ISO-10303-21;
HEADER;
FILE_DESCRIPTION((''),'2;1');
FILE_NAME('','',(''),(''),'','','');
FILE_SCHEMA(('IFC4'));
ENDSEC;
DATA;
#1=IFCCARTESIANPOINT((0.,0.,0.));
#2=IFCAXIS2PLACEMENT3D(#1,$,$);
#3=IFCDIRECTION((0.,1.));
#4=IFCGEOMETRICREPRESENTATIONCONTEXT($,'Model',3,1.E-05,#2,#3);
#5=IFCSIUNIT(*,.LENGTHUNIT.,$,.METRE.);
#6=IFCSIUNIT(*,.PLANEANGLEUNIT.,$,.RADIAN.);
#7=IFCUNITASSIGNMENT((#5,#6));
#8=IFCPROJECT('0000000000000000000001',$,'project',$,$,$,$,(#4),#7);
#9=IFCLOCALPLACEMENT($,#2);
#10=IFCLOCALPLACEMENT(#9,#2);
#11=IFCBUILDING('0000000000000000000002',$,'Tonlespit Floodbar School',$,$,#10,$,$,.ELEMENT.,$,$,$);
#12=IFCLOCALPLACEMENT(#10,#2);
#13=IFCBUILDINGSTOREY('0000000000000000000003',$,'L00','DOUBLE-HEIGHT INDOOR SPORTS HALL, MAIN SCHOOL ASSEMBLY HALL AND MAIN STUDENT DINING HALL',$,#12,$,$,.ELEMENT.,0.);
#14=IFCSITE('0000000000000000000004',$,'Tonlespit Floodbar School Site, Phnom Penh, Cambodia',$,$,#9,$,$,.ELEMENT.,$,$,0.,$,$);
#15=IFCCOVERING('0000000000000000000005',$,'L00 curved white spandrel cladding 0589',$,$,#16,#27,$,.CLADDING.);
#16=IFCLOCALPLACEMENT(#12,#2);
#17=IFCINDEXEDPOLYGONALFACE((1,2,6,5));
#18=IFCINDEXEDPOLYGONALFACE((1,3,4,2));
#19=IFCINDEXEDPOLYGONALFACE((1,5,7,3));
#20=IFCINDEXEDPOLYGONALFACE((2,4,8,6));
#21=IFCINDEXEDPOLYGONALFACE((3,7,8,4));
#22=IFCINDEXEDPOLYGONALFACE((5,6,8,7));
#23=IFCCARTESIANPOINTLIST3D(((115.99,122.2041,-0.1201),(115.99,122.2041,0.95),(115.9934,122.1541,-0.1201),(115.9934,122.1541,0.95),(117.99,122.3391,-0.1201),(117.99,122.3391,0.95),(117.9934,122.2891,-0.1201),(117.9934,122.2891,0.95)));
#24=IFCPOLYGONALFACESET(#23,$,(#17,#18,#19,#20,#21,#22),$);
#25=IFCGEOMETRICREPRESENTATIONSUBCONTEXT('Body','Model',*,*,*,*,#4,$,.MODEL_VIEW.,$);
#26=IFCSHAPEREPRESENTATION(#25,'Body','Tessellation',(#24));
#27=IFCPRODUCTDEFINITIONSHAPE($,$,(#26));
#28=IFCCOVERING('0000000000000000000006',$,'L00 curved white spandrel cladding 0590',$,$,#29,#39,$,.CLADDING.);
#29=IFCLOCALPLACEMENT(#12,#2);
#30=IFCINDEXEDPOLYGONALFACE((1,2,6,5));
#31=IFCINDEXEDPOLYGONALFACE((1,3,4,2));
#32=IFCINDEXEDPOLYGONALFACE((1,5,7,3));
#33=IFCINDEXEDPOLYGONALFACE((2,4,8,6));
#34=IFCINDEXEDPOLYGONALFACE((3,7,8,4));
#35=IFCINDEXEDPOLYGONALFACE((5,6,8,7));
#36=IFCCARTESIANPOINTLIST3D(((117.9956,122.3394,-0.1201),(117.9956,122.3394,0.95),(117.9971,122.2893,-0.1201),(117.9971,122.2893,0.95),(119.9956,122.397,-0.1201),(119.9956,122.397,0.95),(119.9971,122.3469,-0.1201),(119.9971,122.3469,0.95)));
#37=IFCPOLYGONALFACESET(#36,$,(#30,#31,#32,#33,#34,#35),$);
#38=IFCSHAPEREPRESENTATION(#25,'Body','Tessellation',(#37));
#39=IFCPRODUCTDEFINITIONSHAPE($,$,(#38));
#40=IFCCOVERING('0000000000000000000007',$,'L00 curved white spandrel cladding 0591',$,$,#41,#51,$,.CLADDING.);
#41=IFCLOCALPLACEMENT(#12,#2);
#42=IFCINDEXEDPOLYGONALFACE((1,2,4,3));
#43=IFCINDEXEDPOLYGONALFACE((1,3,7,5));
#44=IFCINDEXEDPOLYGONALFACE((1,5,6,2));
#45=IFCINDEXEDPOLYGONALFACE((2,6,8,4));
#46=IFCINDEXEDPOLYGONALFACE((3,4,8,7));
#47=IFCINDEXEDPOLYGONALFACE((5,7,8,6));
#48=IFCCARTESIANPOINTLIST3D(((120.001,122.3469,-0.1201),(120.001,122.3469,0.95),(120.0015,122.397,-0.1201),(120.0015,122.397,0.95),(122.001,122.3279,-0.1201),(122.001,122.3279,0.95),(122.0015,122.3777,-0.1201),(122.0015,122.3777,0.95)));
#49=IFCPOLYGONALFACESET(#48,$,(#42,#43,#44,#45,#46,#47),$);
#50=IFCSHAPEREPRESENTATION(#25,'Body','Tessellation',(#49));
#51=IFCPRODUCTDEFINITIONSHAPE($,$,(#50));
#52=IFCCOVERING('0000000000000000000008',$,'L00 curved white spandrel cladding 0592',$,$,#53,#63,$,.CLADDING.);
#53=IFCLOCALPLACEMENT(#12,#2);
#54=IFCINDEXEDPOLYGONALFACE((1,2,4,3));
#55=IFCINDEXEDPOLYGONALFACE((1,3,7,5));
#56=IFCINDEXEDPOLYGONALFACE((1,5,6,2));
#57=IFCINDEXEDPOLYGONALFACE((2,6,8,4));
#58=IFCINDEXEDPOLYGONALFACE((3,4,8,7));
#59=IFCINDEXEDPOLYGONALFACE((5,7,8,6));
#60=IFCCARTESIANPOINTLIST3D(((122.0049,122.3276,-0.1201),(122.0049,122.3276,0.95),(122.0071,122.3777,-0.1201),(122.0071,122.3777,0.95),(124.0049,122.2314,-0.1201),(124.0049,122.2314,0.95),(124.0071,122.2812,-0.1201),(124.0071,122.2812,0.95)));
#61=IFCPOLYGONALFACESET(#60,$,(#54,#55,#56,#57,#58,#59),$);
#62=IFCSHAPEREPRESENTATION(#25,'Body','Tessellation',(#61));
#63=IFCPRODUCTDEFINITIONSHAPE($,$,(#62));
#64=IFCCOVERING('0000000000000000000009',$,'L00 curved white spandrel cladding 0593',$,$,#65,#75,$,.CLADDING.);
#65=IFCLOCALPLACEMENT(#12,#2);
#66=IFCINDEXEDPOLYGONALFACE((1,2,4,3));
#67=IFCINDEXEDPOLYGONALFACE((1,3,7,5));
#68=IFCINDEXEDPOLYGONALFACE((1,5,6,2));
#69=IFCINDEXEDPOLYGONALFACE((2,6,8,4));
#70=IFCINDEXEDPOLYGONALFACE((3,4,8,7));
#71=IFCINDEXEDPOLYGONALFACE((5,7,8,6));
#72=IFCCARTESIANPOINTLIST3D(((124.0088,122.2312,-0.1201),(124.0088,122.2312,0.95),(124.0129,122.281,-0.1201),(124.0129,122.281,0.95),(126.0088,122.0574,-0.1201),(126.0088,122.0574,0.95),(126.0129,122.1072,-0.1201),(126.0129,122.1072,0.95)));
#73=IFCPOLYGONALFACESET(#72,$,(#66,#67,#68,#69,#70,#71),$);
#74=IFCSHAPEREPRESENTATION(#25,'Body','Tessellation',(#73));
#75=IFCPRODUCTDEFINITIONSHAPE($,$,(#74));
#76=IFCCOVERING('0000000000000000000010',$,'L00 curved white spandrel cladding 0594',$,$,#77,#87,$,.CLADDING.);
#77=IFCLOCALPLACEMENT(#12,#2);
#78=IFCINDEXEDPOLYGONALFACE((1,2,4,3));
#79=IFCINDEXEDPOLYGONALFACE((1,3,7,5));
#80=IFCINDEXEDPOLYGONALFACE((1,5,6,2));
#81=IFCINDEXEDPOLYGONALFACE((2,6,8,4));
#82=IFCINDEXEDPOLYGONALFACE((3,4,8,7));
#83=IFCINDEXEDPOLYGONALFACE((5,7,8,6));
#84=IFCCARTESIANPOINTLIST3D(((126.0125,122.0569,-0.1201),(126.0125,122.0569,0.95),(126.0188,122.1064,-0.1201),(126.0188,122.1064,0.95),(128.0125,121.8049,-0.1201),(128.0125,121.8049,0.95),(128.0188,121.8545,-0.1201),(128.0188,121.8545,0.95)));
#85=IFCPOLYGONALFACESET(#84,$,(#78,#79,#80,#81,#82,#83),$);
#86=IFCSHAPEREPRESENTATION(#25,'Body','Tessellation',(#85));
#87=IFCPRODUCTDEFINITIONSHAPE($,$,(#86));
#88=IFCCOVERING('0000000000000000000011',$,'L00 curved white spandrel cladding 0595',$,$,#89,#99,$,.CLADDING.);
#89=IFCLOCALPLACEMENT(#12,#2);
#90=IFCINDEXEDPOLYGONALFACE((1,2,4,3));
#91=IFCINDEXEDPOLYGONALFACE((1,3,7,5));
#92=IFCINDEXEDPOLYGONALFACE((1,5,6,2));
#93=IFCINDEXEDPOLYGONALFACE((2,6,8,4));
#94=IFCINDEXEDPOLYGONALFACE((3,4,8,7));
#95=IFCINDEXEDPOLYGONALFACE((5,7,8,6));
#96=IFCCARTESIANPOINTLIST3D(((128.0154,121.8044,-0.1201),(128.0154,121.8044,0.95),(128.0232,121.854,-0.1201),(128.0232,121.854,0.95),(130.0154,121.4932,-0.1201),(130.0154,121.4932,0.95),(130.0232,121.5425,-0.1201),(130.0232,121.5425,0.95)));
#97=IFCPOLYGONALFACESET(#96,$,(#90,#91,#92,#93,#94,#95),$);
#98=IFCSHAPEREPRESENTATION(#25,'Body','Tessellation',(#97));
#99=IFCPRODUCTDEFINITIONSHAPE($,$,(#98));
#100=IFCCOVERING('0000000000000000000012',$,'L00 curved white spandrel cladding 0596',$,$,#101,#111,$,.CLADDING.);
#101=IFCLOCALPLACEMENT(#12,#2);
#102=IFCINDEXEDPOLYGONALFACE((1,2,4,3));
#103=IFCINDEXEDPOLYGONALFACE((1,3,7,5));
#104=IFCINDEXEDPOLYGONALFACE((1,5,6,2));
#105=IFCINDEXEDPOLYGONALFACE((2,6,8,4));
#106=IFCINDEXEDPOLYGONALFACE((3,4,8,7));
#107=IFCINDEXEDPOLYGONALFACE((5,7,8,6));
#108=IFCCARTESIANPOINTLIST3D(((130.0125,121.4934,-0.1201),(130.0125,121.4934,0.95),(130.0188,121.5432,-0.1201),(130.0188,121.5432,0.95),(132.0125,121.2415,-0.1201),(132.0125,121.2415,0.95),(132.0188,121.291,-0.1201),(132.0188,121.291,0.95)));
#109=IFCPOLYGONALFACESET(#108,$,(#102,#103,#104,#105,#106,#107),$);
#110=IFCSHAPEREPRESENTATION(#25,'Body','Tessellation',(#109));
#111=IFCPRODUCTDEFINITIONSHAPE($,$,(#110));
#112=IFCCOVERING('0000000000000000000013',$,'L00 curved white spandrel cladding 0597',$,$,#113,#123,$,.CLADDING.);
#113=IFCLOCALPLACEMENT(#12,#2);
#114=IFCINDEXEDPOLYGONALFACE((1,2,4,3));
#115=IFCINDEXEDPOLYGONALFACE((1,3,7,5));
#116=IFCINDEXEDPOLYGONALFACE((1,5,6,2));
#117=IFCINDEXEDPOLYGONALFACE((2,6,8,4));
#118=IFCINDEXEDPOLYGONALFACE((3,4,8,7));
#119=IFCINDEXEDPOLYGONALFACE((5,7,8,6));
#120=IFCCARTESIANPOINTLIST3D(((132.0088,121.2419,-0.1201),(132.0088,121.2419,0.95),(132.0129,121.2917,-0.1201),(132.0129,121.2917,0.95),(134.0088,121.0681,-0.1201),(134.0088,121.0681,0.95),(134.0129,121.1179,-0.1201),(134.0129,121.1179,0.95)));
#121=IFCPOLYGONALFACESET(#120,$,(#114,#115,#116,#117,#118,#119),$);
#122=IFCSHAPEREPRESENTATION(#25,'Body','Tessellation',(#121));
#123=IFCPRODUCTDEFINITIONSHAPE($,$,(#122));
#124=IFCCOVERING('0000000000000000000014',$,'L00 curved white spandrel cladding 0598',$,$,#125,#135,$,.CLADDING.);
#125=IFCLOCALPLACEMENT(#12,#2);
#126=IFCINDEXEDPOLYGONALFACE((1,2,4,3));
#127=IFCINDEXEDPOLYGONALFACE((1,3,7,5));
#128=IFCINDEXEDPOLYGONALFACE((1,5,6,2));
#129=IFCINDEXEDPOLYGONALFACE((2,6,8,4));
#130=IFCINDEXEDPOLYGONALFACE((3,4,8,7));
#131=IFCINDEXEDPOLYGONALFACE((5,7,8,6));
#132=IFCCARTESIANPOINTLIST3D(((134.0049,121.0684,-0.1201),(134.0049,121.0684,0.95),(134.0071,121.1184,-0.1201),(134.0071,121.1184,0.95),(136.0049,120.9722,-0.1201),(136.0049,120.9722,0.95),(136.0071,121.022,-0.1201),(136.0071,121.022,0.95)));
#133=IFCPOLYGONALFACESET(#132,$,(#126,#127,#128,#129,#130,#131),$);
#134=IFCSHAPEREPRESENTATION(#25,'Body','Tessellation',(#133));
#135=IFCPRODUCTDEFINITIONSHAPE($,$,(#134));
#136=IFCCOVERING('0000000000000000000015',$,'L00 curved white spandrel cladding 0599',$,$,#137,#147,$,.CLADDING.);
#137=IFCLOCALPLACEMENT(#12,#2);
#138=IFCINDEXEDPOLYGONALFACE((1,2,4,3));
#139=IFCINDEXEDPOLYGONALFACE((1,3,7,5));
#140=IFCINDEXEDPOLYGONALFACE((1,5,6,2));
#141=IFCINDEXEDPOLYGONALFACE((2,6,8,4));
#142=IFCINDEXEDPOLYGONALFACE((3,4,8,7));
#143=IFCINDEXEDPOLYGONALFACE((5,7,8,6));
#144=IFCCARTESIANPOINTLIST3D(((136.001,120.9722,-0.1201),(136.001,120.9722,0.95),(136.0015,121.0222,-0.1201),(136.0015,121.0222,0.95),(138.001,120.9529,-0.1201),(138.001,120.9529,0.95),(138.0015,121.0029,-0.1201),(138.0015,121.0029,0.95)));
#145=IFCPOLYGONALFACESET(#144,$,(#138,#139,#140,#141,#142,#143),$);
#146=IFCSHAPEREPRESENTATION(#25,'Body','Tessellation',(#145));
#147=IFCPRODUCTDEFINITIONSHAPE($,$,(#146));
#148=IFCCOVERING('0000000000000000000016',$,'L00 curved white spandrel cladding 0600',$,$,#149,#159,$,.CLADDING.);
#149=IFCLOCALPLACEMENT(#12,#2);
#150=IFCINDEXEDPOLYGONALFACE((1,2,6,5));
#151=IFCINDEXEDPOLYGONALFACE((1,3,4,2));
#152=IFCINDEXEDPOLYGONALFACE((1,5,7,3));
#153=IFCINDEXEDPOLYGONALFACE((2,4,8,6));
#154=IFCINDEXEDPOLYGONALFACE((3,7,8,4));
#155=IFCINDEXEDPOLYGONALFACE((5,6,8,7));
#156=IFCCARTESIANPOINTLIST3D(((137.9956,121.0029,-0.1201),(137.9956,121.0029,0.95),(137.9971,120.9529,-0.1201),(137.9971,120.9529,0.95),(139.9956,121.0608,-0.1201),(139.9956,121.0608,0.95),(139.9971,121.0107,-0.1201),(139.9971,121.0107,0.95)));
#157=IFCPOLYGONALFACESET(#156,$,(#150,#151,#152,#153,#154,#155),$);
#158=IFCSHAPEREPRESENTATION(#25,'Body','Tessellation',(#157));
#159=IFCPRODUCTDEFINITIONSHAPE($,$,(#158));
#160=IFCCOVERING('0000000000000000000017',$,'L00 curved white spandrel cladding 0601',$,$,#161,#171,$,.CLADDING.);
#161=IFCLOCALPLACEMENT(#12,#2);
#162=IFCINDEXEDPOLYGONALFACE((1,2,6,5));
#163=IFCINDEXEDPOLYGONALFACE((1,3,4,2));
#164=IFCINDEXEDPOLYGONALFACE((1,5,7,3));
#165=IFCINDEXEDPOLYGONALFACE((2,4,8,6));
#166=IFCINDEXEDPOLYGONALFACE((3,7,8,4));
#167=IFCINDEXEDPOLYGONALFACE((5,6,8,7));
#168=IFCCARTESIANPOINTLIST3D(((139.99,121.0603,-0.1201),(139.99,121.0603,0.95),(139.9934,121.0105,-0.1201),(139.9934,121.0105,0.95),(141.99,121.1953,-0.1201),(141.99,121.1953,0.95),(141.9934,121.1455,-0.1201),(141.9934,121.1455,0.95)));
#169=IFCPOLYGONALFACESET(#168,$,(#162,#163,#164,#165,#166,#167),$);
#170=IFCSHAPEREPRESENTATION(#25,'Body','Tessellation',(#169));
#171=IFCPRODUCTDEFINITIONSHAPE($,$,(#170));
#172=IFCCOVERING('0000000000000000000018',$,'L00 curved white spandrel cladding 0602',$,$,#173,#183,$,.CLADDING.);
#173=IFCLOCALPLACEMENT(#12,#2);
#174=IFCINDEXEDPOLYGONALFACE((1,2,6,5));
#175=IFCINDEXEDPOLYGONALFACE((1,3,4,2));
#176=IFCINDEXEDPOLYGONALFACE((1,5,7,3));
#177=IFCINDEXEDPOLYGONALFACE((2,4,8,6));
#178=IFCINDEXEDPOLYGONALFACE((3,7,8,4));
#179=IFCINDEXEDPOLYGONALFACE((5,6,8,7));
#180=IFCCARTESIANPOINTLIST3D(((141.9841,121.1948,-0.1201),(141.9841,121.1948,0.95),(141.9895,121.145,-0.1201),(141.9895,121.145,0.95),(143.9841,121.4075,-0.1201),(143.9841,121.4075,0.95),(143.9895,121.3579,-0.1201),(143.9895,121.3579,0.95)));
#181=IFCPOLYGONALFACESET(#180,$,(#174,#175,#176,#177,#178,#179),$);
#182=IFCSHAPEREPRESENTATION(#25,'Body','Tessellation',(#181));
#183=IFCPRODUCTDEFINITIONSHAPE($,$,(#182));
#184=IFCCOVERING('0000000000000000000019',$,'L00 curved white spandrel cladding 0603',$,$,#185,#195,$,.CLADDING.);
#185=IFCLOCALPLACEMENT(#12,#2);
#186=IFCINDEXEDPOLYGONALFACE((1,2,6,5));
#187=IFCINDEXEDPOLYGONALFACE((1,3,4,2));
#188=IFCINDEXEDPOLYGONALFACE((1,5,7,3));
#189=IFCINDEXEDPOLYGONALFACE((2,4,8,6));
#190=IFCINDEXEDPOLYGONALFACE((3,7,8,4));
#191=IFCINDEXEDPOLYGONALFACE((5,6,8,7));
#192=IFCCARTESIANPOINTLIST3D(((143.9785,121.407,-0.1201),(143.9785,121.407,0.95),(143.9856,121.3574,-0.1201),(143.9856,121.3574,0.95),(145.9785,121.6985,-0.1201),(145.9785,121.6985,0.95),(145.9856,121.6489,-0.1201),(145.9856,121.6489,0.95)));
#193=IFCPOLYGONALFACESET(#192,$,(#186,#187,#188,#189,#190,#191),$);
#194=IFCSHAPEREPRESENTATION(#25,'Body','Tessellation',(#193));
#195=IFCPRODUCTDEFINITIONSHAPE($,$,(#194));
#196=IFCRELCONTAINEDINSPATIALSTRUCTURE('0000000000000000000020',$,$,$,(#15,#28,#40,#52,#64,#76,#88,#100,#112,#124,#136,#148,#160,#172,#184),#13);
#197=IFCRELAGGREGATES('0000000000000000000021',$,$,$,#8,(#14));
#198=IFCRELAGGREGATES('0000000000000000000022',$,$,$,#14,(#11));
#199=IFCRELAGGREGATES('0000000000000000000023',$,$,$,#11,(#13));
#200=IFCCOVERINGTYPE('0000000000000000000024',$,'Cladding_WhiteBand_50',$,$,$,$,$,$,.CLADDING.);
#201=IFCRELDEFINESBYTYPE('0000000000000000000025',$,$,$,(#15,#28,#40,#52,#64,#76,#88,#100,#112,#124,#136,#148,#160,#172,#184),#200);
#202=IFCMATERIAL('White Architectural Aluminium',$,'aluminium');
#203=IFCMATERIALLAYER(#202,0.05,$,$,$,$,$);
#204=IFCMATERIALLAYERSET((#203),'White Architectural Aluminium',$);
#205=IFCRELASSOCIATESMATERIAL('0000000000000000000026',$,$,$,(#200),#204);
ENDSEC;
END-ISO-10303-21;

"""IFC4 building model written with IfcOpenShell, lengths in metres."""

from ifc_helpers import new_model, si_unit, direction, frame, origin, place, context, subcontext, project, spatial, polyline, outline, extrude, material, layer, layer_set, type_object, element, save


model = new_model("IFC4")

# Units and contexts
model_context = context("Model", 3, precision=1e-05, world=origin(), true_north=direction((0.0, 1.0)))
body_context = subcontext(model_context, "Body", "Model", "MODEL_VIEW")
ifc_project = project(units=[si_unit("LENGTHUNIT", "METRE"), si_unit("PLANEANGLEUNIT", "RADIAN")], contexts=[model_context])

# Site, building, storey
site_placement = place(None, origin())
site = spatial("IfcSite", under=ifc_project, at=site_placement, Name="Tonlespit Floodbar School Site, Phnom Penh, Cambodia", CompositionType="ELEMENT", RefElevation=0.0)
building_placement = place(site_placement, origin())
building = spatial("IfcBuilding", under=site, at=building_placement, Name="Tonlespit Floodbar School", CompositionType="ELEMENT")
storey_placement = place(building_placement, origin())
storey = spatial("IfcBuildingStorey", under=building, at=storey_placement, Name="L00", Description="DOUBLE-HEIGHT INDOOR SPORTS HALL, MAIN SCHOOL ASSEMBLY HALL AND MAIN STUDENT DINING HALL", CompositionType="ELEMENT", Elevation=0.0)

# Coverings
ifc_material = material(Name="White Architectural Aluminium", Category="aluminium")
ifc_layer = layer(ifc_material, 0.05)
ifc_layer_set = layer_set([ifc_layer], Name="White Architectural Aluminium")
covering_type = type_object("IfcCoveringType", Name="Cladding_WhiteBand_50", PredefinedType="CLADDING", material=ifc_layer_set)
covering_1_placement = place(storey_placement, frame((0.0, 0.0, -0.1201)))
element("IfcCovering", 1, at=covering_1_placement, inside=storey, type_object=covering_type, Name="L00 curved white spandrel cladding 0589", PredefinedType="CLADDING", context=body_context, shape_type="SweptSolid", body=[
    extrude(outline(polyline([(115.9934, 122.1541), (117.9934, 122.2891), (117.99, 122.3391), (115.99, 122.2041), (115.9934, 122.1541)])), origin(), (0.0, 0.0, 1.0), 1.0701),
])
covering_2_placement = place(storey_placement, frame((0.0, 0.0, -0.1201)))
element("IfcCovering", 2, at=covering_2_placement, inside=storey, type_object=covering_type, Name="L00 curved white spandrel cladding 0590", PredefinedType="CLADDING", context=body_context, shape_type="SweptSolid", body=[
    extrude(outline(polyline([(117.9971, 122.2893), (119.9971, 122.3469), (119.9956, 122.397), (117.9956, 122.3394), (117.9971, 122.2893)])), origin(), (0.0, 0.0, 1.0), 1.0701),
])
covering_3_placement = place(storey_placement, frame((0.0, 0.0, -0.1201)))
element("IfcCovering", 3, at=covering_3_placement, inside=storey, type_object=covering_type, Name="L00 curved white spandrel cladding 0591", PredefinedType="CLADDING", context=body_context, shape_type="SweptSolid", body=[
    extrude(outline(polyline([(120.001, 122.3469), (122.001, 122.3279), (122.0015, 122.3777), (120.0015, 122.397), (120.001, 122.3469)])), origin(), (0.0, 0.0, 1.0), 1.0701),
])
covering_4_placement = place(storey_placement, frame((0.0, 0.0, -0.1201)))
element("IfcCovering", 4, at=covering_4_placement, inside=storey, type_object=covering_type, Name="L00 curved white spandrel cladding 0592", PredefinedType="CLADDING", context=body_context, shape_type="SweptSolid", body=[
    extrude(outline(polyline([(122.0049, 122.3276), (124.0049, 122.2314), (124.0071, 122.2812), (122.0071, 122.3777), (122.0049, 122.3276)])), origin(), (0.0, 0.0, 1.0), 1.0701),
])
covering_5_placement = place(storey_placement, frame((0.0, 0.0, -0.1201)))
element("IfcCovering", 5, at=covering_5_placement, inside=storey, type_object=covering_type, Name="L00 curved white spandrel cladding 0593", PredefinedType="CLADDING", context=body_context, shape_type="SweptSolid", body=[
    extrude(outline(polyline([(124.0088, 122.2312), (126.0088, 122.0574), (126.0129, 122.1072), (124.0129, 122.281), (124.0088, 122.2312)])), origin(), (0.0, 0.0, 1.0), 1.0701),
])
covering_6_placement = place(storey_placement, frame((0.0, 0.0, -0.1201)))
element("IfcCovering", 6, at=covering_6_placement, inside=storey, type_object=covering_type, Name="L00 curved white spandrel cladding 0594", PredefinedType="CLADDING", context=body_context, shape_type="SweptSolid", body=[
    extrude(outline(polyline([(126.0125, 122.0569), (128.0125, 121.8049), (128.0188, 121.8545), (126.0188, 122.1064), (126.0125, 122.0569)])), origin(), (0.0, 0.0, 1.0), 1.0701),
])
covering_7_placement = place(storey_placement, frame((0.0, 0.0, -0.1201)))
element("IfcCovering", 7, at=covering_7_placement, inside=storey, type_object=covering_type, Name="L00 curved white spandrel cladding 0595", PredefinedType="CLADDING", context=body_context, shape_type="SweptSolid", body=[
    extrude(outline(polyline([(128.0154, 121.8044), (130.0154, 121.4932), (130.0232, 121.5425), (128.0232, 121.854), (128.0154, 121.8044)])), origin(), (0.0, 0.0, 1.0), 1.0701),
])
covering_8_placement = place(storey_placement, frame((0.0, 0.0, -0.1201)))
element("IfcCovering", 8, at=covering_8_placement, inside=storey, type_object=covering_type, Name="L00 curved white spandrel cladding 0596", PredefinedType="CLADDING", context=body_context, shape_type="SweptSolid", body=[
    extrude(outline(polyline([(130.0125, 121.4934), (132.0125, 121.2415), (132.0188, 121.291), (130.0188, 121.5432), (130.0125, 121.4934)])), origin(), (0.0, 0.0, 1.0), 1.0701),
])
covering_9_placement = place(storey_placement, frame((0.0, 0.0, -0.1201)))
element("IfcCovering", 9, at=covering_9_placement, inside=storey, type_object=covering_type, Name="L00 curved white spandrel cladding 0597", PredefinedType="CLADDING", context=body_context, shape_type="SweptSolid", body=[
    extrude(outline(polyline([(132.0088, 121.2419), (134.0088, 121.0681), (134.0129, 121.1179), (132.0129, 121.2917), (132.0088, 121.2419)])), origin(), (0.0, 0.0, 1.0), 1.0701),
])
covering_10_placement = place(storey_placement, frame((0.0, 0.0, -0.1201)))
element("IfcCovering", 10, at=covering_10_placement, inside=storey, type_object=covering_type, Name="L00 curved white spandrel cladding 0598", PredefinedType="CLADDING", context=body_context, shape_type="SweptSolid", body=[
    extrude(outline(polyline([(134.0049, 121.0684), (136.0049, 120.9722), (136.0071, 121.022), (134.0071, 121.1184), (134.0049, 121.0684)])), origin(), (0.0, 0.0, 1.0), 1.0701),
])
covering_11_placement = place(storey_placement, frame((0.0, 0.0, -0.1201)))
element("IfcCovering", 11, at=covering_11_placement, inside=storey, type_object=covering_type, Name="L00 curved white spandrel cladding 0599", PredefinedType="CLADDING", context=body_context, shape_type="SweptSolid", body=[
    extrude(outline(polyline([(136.001, 120.9722), (138.001, 120.9529), (138.0015, 121.0029), (136.0015, 121.0222), (136.001, 120.9722)])), origin(), (0.0, 0.0, 1.0), 1.0701),
])
covering_12_placement = place(storey_placement, frame((0.0, 0.0, -0.1201)))
element("IfcCovering", 12, at=covering_12_placement, inside=storey, type_object=covering_type, Name="L00 curved white spandrel cladding 0600", PredefinedType="CLADDING", context=body_context, shape_type="SweptSolid", body=[
    extrude(outline(polyline([(137.9971, 120.9529), (139.9971, 121.0107), (139.9956, 121.0608), (137.9956, 121.0029), (137.9971, 120.9529)])), origin(), (0.0, 0.0, 1.0), 1.0701),
])
covering_13_placement = place(storey_placement, frame((0.0, 0.0, -0.1201)))
element("IfcCovering", 13, at=covering_13_placement, inside=storey, type_object=covering_type, Name="L00 curved white spandrel cladding 0601", PredefinedType="CLADDING", context=body_context, shape_type="SweptSolid", body=[
    extrude(outline(polyline([(139.9934, 121.0105), (141.9934, 121.1455), (141.99, 121.1953), (139.99, 121.0603), (139.9934, 121.0105)])), origin(), (0.0, 0.0, 1.0), 1.0701),
])
covering_14_placement = place(storey_placement, frame((0.0, 0.0, -0.1201)))
element("IfcCovering", 14, at=covering_14_placement, inside=storey, type_object=covering_type, Name="L00 curved white spandrel cladding 0602", PredefinedType="CLADDING", context=body_context, shape_type="SweptSolid", body=[
    extrude(outline(polyline([(141.9895, 121.145), (143.9895, 121.3579), (143.9841, 121.4075), (141.9841, 121.1948), (141.9895, 121.145)])), origin(), (0.0, 0.0, 1.0), 1.0701),
])
covering_15_placement = place(storey_placement, frame((0.0, 0.0, -0.1201)))
element("IfcCovering", 15, at=covering_15_placement, inside=storey, type_object=covering_type, Name="L00 curved white spandrel cladding 0603", PredefinedType="CLADDING", context=body_context, shape_type="SweptSolid", body=[
    extrude(outline(polyline([(143.9856, 121.3574), (145.9856, 121.6489), (145.9785, 121.6985), (143.9785, 121.407), (143.9856, 121.3574)])), origin(), (0.0, 0.0, 1.0), 1.0701),
])

save(model, "model.ifc")
